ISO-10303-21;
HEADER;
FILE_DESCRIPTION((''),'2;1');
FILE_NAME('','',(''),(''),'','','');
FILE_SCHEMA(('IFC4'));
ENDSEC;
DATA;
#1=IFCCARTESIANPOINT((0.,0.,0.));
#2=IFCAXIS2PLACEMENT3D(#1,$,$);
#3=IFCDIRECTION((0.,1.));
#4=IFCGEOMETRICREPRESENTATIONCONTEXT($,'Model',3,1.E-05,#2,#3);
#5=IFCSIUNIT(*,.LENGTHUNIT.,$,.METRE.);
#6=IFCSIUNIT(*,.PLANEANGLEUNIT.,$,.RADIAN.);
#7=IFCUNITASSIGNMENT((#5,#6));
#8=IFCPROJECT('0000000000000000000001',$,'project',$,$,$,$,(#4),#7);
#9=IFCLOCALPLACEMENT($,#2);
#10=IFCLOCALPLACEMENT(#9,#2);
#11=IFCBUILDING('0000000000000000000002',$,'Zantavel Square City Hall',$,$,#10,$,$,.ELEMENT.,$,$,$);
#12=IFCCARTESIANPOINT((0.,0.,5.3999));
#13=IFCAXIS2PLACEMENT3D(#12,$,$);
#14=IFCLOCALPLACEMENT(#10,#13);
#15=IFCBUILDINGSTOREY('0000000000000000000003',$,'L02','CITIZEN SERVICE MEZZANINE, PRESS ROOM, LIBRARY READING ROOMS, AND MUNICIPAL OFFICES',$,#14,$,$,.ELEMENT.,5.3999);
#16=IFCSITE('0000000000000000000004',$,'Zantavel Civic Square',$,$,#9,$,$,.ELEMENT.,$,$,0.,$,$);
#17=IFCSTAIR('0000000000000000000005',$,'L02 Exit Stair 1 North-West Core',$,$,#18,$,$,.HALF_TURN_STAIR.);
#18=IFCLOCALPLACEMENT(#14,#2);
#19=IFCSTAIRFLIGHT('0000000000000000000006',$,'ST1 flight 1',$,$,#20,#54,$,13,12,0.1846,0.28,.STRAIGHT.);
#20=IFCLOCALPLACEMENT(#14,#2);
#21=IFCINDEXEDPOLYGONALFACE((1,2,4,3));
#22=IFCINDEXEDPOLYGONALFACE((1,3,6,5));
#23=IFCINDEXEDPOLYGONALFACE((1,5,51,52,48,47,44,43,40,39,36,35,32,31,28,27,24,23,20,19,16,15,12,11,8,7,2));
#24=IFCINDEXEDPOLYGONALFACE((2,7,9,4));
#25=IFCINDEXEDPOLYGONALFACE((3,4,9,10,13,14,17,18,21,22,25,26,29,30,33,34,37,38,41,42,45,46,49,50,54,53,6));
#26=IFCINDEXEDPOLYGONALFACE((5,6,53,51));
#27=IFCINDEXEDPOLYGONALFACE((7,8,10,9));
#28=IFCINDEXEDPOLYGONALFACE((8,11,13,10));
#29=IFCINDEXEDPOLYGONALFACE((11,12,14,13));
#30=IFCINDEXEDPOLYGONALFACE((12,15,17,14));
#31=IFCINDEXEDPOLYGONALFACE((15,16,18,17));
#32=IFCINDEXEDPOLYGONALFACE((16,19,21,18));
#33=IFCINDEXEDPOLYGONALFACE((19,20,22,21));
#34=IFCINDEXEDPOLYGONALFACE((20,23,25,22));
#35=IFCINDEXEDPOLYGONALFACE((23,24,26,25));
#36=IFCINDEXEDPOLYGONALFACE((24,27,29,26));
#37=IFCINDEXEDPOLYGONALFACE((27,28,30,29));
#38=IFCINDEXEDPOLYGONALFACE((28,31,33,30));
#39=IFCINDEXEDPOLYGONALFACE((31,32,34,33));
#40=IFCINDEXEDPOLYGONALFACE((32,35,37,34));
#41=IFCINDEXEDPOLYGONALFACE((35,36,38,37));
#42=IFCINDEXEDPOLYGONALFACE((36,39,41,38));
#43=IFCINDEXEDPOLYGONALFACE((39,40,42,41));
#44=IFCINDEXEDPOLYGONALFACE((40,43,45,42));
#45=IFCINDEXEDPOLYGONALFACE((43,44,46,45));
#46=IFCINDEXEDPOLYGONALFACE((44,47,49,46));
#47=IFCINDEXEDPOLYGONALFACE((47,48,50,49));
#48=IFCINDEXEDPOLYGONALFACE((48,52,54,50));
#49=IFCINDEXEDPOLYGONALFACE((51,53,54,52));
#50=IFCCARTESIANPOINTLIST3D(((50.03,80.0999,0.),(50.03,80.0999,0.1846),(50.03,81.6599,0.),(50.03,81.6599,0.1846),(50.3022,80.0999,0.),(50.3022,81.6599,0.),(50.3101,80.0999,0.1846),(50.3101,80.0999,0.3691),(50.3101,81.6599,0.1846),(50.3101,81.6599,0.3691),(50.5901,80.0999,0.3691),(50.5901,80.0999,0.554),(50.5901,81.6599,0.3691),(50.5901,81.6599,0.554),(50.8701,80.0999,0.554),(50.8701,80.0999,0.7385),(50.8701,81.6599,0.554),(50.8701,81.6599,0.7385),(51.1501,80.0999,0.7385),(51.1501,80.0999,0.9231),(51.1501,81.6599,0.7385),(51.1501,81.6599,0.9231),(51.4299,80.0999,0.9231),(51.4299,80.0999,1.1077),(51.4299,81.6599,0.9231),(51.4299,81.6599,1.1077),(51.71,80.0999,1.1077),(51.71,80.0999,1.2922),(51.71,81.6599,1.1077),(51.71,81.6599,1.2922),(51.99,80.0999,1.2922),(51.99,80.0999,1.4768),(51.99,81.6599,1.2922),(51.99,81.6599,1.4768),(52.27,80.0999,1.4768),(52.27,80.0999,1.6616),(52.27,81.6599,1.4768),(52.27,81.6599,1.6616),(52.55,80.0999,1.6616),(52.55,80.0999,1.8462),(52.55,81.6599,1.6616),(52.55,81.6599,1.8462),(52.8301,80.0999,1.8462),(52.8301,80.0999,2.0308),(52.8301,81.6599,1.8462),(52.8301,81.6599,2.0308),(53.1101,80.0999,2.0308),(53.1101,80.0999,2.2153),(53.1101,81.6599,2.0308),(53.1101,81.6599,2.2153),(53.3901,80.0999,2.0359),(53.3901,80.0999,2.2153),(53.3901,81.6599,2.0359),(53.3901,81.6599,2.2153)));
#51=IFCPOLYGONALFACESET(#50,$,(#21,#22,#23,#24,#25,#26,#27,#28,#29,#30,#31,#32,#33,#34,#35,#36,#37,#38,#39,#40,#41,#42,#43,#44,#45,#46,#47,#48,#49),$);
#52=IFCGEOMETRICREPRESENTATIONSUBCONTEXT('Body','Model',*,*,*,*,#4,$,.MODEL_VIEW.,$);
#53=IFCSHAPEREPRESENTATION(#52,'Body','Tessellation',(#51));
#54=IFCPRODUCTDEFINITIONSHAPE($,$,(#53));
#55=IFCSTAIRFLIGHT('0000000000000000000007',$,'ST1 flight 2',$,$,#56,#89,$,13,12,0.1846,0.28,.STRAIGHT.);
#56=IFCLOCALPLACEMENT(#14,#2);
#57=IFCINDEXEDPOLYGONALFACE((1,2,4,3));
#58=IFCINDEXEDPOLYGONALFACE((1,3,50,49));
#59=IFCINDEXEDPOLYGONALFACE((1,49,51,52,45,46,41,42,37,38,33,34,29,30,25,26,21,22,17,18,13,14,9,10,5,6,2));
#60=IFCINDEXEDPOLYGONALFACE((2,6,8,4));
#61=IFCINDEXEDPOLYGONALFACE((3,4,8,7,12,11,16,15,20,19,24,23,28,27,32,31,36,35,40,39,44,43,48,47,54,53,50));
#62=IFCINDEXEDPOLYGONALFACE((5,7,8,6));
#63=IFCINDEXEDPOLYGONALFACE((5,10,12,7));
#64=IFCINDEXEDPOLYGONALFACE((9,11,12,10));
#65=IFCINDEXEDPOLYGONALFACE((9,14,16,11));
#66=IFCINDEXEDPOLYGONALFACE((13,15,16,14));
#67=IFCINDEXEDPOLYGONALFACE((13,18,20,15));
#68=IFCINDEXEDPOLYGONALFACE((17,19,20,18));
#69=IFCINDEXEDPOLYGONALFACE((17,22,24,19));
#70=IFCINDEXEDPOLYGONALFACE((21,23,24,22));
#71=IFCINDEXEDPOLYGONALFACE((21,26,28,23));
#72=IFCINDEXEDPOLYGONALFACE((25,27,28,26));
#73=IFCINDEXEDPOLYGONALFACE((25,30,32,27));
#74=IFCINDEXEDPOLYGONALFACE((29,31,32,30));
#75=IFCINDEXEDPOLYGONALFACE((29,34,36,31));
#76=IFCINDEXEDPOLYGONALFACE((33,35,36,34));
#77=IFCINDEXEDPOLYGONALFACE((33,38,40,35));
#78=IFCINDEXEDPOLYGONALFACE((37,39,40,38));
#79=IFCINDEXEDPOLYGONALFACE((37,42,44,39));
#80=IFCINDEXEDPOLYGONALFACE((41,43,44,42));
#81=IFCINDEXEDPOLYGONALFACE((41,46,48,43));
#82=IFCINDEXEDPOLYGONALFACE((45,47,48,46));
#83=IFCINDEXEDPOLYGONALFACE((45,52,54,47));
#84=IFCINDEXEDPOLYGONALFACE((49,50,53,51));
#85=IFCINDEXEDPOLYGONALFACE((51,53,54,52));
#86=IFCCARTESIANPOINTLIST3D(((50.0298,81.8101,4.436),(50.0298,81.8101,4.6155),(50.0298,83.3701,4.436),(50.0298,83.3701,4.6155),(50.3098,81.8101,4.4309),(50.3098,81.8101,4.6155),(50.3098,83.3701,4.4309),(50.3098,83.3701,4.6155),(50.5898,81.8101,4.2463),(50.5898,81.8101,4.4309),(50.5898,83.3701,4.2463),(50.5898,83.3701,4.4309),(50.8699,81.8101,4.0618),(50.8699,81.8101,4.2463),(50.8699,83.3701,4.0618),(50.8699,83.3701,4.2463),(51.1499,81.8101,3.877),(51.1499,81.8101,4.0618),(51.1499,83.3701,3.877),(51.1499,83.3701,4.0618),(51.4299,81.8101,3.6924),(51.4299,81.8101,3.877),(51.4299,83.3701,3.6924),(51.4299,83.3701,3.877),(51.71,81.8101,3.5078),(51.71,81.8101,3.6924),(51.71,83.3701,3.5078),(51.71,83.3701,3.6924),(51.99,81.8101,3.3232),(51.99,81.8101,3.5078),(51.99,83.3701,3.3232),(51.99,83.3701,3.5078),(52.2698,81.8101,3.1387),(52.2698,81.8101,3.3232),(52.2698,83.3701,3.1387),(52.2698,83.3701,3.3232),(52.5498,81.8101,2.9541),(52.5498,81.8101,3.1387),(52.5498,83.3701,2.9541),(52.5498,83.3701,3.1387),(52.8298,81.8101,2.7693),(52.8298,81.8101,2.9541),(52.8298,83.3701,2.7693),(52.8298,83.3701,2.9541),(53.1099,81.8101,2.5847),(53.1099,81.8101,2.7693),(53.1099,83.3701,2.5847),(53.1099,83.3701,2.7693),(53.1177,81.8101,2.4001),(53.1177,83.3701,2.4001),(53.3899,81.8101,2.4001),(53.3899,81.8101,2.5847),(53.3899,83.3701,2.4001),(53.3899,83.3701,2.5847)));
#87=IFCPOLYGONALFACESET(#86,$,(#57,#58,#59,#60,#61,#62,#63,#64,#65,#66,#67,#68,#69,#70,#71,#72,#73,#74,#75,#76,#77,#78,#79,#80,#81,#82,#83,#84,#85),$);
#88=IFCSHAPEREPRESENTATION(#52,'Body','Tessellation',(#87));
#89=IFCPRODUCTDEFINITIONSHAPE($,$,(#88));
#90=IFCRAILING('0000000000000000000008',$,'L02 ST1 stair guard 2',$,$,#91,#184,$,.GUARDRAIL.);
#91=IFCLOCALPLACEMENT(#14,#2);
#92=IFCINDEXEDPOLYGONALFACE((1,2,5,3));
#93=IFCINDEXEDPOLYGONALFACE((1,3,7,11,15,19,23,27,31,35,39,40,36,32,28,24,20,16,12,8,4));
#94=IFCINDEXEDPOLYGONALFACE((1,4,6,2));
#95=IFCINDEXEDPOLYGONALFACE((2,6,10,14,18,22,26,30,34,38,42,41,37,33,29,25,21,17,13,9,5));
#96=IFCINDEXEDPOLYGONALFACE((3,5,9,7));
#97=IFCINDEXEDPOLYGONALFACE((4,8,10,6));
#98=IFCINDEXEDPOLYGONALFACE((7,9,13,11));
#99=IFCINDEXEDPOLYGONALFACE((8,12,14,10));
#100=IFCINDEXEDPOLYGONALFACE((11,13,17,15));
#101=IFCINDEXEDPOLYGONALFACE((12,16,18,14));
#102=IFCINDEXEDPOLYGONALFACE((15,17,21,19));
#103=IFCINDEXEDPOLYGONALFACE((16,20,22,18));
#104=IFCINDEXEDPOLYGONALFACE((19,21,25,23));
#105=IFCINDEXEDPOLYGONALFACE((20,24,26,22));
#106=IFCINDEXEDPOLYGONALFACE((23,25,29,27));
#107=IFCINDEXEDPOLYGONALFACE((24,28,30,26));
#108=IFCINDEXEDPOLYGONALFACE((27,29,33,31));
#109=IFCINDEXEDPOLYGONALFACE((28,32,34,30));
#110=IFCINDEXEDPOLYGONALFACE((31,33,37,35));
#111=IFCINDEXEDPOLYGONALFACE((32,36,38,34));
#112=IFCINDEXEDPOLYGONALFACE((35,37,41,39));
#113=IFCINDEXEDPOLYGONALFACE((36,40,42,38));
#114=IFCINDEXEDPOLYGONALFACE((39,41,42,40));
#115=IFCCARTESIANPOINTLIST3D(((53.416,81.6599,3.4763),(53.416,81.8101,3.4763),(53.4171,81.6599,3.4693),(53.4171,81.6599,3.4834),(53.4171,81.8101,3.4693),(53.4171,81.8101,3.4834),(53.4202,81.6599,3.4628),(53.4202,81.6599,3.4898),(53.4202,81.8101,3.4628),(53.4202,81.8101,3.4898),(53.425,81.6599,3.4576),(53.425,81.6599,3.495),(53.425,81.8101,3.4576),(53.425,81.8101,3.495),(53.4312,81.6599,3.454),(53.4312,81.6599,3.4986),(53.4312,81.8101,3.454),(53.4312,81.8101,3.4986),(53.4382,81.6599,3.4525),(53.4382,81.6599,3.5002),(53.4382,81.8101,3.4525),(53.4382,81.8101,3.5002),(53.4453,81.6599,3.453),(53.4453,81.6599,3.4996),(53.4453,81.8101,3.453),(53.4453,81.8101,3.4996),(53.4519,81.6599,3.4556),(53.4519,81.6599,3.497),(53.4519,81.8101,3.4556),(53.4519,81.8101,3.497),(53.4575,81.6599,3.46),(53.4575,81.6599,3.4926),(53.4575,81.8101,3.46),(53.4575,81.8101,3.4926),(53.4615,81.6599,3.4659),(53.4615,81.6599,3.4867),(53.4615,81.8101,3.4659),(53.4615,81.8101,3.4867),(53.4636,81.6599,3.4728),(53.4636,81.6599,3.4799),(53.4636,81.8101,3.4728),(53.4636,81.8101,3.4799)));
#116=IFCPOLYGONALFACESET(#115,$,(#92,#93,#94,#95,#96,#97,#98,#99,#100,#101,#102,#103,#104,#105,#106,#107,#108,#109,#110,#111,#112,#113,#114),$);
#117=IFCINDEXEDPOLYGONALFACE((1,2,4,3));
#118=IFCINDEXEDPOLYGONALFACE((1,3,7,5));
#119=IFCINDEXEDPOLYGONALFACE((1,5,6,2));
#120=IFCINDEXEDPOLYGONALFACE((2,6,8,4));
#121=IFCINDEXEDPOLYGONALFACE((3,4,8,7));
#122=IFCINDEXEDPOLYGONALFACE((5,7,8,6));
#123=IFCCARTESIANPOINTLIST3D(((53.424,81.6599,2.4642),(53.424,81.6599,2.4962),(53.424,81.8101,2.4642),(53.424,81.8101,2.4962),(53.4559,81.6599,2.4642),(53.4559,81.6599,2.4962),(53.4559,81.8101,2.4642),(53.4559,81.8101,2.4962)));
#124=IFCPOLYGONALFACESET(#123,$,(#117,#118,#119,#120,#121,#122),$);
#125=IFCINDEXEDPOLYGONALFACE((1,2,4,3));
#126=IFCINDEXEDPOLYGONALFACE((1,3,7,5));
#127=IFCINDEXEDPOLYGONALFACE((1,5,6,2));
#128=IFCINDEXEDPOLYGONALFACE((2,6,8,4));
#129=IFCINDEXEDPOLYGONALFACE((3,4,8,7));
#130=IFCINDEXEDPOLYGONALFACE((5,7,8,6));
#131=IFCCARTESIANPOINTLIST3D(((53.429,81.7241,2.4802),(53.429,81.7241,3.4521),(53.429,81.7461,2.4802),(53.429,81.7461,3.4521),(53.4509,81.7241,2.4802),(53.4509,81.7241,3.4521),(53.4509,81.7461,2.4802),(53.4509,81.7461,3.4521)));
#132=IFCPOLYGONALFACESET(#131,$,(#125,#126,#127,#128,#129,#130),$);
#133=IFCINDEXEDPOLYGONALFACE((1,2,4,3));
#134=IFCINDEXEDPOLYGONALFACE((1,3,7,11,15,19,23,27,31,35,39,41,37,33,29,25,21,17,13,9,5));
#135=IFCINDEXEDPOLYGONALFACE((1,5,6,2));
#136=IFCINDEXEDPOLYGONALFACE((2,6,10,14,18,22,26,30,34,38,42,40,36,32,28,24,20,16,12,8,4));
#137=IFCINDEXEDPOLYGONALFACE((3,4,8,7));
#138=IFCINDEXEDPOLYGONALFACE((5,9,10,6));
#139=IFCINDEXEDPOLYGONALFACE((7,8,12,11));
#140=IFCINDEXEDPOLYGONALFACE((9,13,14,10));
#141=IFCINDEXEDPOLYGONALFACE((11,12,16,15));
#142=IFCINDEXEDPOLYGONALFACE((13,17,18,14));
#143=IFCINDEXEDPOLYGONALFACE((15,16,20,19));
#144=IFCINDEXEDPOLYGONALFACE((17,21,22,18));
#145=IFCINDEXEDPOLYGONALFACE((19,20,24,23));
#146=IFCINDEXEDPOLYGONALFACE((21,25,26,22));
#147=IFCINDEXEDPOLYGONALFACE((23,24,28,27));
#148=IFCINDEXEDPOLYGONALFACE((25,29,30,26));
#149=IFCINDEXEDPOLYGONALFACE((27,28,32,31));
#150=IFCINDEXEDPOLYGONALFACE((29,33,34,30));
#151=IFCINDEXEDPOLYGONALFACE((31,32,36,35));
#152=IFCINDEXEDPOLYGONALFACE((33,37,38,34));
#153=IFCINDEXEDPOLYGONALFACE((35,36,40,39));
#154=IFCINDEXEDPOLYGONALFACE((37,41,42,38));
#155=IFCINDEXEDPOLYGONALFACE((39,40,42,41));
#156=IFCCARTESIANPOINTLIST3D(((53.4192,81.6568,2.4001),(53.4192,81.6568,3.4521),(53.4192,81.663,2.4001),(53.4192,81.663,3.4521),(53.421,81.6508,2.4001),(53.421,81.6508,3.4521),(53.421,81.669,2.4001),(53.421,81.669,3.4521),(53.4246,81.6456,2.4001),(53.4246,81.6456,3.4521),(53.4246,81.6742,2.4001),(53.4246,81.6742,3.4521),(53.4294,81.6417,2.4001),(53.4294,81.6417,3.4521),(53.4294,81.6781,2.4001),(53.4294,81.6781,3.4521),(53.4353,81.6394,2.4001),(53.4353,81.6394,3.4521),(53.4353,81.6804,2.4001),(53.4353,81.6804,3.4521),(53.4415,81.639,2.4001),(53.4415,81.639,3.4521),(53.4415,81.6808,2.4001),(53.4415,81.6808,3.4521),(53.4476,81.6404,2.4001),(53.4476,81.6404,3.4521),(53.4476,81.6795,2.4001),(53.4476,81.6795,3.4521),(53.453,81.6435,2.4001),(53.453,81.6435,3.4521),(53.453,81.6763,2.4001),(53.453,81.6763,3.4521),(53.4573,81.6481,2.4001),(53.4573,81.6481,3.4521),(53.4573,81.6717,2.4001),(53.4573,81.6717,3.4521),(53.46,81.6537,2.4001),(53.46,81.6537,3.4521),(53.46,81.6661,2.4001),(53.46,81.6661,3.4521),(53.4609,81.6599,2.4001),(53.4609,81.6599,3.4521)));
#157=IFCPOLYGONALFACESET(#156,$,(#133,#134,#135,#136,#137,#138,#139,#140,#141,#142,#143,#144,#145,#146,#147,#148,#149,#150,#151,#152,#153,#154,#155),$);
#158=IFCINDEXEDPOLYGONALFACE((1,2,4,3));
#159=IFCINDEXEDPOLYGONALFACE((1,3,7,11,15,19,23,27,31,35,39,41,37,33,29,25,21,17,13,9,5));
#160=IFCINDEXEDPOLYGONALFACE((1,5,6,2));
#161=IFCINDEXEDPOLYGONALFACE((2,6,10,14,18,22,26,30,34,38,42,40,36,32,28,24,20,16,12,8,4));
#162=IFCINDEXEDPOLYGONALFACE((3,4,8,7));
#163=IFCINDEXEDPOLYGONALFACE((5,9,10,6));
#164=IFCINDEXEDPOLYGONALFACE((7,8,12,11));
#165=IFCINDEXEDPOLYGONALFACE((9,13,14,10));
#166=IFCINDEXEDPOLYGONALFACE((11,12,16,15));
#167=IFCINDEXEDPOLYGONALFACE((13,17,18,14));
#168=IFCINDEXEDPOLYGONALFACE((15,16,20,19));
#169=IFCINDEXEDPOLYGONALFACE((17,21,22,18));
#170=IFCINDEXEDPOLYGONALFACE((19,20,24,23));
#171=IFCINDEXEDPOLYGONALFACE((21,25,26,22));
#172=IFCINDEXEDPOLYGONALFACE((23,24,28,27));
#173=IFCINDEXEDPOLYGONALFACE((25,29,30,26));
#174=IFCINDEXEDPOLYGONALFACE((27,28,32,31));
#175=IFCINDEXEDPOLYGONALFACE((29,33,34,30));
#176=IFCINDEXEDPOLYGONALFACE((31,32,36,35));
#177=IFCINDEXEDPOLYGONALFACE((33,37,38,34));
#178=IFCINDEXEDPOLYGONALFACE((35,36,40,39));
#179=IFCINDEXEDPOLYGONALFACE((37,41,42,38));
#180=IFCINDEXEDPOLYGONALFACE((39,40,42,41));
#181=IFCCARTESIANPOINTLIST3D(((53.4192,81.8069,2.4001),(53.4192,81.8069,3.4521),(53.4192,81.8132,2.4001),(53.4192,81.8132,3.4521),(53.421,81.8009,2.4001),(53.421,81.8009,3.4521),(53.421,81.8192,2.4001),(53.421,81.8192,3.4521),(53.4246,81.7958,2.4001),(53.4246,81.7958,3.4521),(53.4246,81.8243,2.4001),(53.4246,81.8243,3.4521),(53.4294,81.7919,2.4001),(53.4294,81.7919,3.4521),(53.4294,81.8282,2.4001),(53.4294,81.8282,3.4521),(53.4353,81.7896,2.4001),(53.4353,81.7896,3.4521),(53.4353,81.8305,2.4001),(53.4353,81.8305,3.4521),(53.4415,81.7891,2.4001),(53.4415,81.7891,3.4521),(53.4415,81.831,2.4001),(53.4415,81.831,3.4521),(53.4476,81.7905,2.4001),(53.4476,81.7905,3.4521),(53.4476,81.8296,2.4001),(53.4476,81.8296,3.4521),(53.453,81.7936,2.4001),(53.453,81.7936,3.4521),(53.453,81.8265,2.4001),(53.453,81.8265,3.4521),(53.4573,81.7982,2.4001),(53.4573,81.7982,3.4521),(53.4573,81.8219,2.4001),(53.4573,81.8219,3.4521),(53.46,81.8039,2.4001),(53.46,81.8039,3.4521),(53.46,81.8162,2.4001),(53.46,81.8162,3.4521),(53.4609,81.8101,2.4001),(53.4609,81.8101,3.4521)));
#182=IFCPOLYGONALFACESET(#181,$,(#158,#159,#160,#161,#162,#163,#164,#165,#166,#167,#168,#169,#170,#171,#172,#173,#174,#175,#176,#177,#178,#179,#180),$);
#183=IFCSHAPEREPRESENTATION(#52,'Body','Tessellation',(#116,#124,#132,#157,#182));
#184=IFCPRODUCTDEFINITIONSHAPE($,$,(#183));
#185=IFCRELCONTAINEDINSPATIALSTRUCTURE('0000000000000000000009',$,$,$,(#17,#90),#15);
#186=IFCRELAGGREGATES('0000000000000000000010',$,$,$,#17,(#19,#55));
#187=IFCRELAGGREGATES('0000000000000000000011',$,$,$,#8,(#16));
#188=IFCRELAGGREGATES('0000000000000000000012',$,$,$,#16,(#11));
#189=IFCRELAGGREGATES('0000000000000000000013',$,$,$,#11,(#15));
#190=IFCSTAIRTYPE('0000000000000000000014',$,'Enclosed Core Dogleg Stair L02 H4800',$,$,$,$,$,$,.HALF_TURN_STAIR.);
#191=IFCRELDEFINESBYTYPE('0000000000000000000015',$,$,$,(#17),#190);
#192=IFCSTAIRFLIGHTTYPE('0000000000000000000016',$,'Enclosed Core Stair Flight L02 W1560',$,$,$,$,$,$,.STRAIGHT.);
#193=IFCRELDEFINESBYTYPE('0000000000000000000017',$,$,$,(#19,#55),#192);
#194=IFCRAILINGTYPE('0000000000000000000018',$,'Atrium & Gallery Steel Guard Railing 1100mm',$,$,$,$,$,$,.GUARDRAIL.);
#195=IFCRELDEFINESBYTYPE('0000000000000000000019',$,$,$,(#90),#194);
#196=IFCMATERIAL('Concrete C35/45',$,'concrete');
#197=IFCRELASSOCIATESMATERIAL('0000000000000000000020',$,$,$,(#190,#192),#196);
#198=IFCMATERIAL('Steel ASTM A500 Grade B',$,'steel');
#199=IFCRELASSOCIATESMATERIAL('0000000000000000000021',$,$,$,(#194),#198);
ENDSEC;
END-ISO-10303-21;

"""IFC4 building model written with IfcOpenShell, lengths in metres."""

from ifc_helpers import new_model, si_unit, direction, frame, origin, origin_2d, place, context, subcontext, project, spatial, polyline, rectangle, circle, outline, extrude, material, type_object, element, aggregate, save


model = new_model("IFC4")

# Units and contexts
model_context = context("Model", 3, precision=1e-05, world=origin(), true_north=direction((0.0, 1.0)))
body_context = subcontext(model_context, "Body", "Model", "MODEL_VIEW")
ifc_project = project(units=[si_unit("LENGTHUNIT", "METRE"), si_unit("PLANEANGLEUNIT", "RADIAN")], contexts=[model_context])

# Site, building, storey
site_placement = place(None, origin())
site = spatial("IfcSite", under=ifc_project, at=site_placement, Name="Zantavel Civic Square", CompositionType="ELEMENT", RefElevation=0.0)
building_placement = place(site_placement, origin())
building = spatial("IfcBuilding", under=site, at=building_placement, Name="Zantavel Square City Hall", CompositionType="ELEMENT")
storey_placement = place(building_placement, frame((0.0, 0.0, 5.3999)))
storey = spatial("IfcBuildingStorey", under=building, at=storey_placement, Name="L02", Description="CITIZEN SERVICE MEZZANINE, PRESS ROOM, LIBRARY READING ROOMS, AND MUNICIPAL OFFICES", CompositionType="ELEMENT", Elevation=5.3999)

# Shared definitions
ifc_material_1 = material(Name="Concrete C35/45", Category="concrete")

# Stair, stair flights
stair_type = type_object("IfcStairType", Name="Enclosed Core Dogleg Stair L02 H4800", PredefinedType="HALF_TURN_STAIR", material=ifc_material_1)
stair_placement = place(storey_placement, origin())
stair = element("IfcStair", 1, at=stair_placement, inside=storey, type_object=stair_type, Name="L02 Exit Stair 1 North-West Core", PredefinedType="HALF_TURN_STAIR")
stair_flight_type = type_object("IfcStairFlightType", Name="Enclosed Core Stair Flight L02 W1560", PredefinedType="STRAIGHT", material=ifc_material_1)
stair_flight_1_placement = place(storey_placement, frame((50.03, 80.8799, 0.0), z_axis=(0.0, 0.0, 1.0), x_axis=(1.0, 0.0, 0.0)))
stair_flight_1 = element("IfcStairFlight", 2, at=stair_flight_1_placement, type_object=stair_flight_type, Name="ST1 flight 1", NumberOfRisers=13, NumberOfTreads=12, PredefinedType="STRAIGHT", RiserHeight=0.1846, TreadLength=0.28, context=body_context, shape_type="SweptSolid", body=[
    extrude(outline(polyline([(0.0, 0.0), (0.0, 0.1846), (0.28, 0.1846), (0.28, 0.3691), (0.5601, 0.3691), (0.5601, 0.554), (0.8401, 0.554), (0.8401, 0.7385), (1.1201, 0.7385), (1.1201, 0.9231), (1.3999, 0.9231), (1.3999, 1.1077), (1.6799, 1.1077), (1.6799, 1.2922), (1.96, 1.2922), (1.96, 1.4768), (2.24, 1.4768), (2.24, 1.6616), (2.52, 1.6616), (2.52, 1.8462), (2.8, 1.8462), (2.8, 2.0308), (3.0801, 2.0308), (3.0801, 2.2153), (3.3601, 2.2153), (3.3601, 2.3999), (3.3601, 2.0359), (0.2722, 0.0), (0.0, 0.0)])), frame((0.0, 0.78, 0.0), z_axis=(0.0, -1.0, 0.0), x_axis=(1.0, 0.0, 0.0)), (0.0, 0.0, 1.0), 1.5601),
])
stair_flight_2_placement = place(storey_placement, frame((53.3899, 82.5901, 2.4001), z_axis=(0.0, 0.0, 1.0), x_axis=(-1.0, 0.0, 0.0)))
stair_flight_2 = element("IfcStairFlight", 3, at=stair_flight_2_placement, type_object=stair_flight_type, Name="ST1 flight 2", NumberOfRisers=13, NumberOfTreads=12, PredefinedType="STRAIGHT", RiserHeight=0.1846, TreadLength=0.28, context=body_context, shape_type="SweptSolid", body=[
    extrude(outline(polyline([(0.0, 0.0), (0.0, 0.1846), (0.28, 0.1846), (0.28, 0.3691), (0.5601, 0.3691), (0.5601, 0.554), (0.8401, 0.554), (0.8401, 0.7385), (1.1201, 0.7385), (1.1201, 0.9231), (1.3999, 0.9231), (1.3999, 1.1077), (1.6799, 1.1077), (1.6799, 1.2922), (1.96, 1.2922), (1.96, 1.4768), (2.24, 1.4768), (2.24, 1.6616), (2.52, 1.6616), (2.52, 1.8462), (2.8, 1.8462), (2.8, 2.0308), (3.0801, 2.0308), (3.0801, 2.2153), (3.3601, 2.2153), (3.3601, 2.3999), (3.3601, 2.0359), (0.2722, 0.0), (0.0, 0.0)])), frame((0.0, 0.78, 0.0), z_axis=(0.0, -1.0, 0.0), x_axis=(1.0, 0.0, 0.0)), (0.0, 0.0, 1.0), 1.5601),
])
aggregate(stair, [stair_flight_1, stair_flight_2])

# Railing
ifc_material_2 = material(Name="Steel ASTM A500 Grade B", Category="steel")
railing_type_1 = type_object("IfcRailingType", Name="Atrium & Gallery Steel Guard Railing 1100mm", PredefinedType="GUARDRAIL", material=ifc_material_2)
railing_1_placement = place(storey_placement, frame((53.4399, 81.6599, 2.4001)))
element("IfcRailing", 4, at=railing_1_placement, inside=storey, type_object=railing_type_1, Name="L02 ST1 stair guard 2", PredefinedType="GUARDRAIL", context=body_context, shape_type="SweptSolid", body=[
    extrude(circle(Radius=0.0239, at=origin_2d()), frame((0.0, 0.0, 1.0762), z_axis=(0.0, 1.0, 0.0), x_axis=(-1.0, 0.0, 0.0)), (0.0, 0.0, 1.0), 0.1501),
    extrude(rectangle(XDim=0.032, YDim=0.032, at=origin_2d()), frame((0.0, 0.0, 0.0801), z_axis=(0.0, 1.0, 0.0), x_axis=(-1.0, 0.0, 0.0)), (0.0, 0.0, 1.0), 0.1501),
    extrude(rectangle(XDim=0.022, YDim=0.022, at=origin_2d()), frame((0.0, 0.0752, 0.0801)), (0.0, 0.0, 1.0), 0.9719),
    extrude(circle(Radius=0.021, at=origin_2d()), origin(), (0.0, 0.0, 1.0), 1.052),
    extrude(circle(Radius=0.021, at=origin_2d()), frame((0.0, 0.1501, 0.0)), (0.0, 0.0, 1.0), 1.052),
])

save(model, "model.ifc")
